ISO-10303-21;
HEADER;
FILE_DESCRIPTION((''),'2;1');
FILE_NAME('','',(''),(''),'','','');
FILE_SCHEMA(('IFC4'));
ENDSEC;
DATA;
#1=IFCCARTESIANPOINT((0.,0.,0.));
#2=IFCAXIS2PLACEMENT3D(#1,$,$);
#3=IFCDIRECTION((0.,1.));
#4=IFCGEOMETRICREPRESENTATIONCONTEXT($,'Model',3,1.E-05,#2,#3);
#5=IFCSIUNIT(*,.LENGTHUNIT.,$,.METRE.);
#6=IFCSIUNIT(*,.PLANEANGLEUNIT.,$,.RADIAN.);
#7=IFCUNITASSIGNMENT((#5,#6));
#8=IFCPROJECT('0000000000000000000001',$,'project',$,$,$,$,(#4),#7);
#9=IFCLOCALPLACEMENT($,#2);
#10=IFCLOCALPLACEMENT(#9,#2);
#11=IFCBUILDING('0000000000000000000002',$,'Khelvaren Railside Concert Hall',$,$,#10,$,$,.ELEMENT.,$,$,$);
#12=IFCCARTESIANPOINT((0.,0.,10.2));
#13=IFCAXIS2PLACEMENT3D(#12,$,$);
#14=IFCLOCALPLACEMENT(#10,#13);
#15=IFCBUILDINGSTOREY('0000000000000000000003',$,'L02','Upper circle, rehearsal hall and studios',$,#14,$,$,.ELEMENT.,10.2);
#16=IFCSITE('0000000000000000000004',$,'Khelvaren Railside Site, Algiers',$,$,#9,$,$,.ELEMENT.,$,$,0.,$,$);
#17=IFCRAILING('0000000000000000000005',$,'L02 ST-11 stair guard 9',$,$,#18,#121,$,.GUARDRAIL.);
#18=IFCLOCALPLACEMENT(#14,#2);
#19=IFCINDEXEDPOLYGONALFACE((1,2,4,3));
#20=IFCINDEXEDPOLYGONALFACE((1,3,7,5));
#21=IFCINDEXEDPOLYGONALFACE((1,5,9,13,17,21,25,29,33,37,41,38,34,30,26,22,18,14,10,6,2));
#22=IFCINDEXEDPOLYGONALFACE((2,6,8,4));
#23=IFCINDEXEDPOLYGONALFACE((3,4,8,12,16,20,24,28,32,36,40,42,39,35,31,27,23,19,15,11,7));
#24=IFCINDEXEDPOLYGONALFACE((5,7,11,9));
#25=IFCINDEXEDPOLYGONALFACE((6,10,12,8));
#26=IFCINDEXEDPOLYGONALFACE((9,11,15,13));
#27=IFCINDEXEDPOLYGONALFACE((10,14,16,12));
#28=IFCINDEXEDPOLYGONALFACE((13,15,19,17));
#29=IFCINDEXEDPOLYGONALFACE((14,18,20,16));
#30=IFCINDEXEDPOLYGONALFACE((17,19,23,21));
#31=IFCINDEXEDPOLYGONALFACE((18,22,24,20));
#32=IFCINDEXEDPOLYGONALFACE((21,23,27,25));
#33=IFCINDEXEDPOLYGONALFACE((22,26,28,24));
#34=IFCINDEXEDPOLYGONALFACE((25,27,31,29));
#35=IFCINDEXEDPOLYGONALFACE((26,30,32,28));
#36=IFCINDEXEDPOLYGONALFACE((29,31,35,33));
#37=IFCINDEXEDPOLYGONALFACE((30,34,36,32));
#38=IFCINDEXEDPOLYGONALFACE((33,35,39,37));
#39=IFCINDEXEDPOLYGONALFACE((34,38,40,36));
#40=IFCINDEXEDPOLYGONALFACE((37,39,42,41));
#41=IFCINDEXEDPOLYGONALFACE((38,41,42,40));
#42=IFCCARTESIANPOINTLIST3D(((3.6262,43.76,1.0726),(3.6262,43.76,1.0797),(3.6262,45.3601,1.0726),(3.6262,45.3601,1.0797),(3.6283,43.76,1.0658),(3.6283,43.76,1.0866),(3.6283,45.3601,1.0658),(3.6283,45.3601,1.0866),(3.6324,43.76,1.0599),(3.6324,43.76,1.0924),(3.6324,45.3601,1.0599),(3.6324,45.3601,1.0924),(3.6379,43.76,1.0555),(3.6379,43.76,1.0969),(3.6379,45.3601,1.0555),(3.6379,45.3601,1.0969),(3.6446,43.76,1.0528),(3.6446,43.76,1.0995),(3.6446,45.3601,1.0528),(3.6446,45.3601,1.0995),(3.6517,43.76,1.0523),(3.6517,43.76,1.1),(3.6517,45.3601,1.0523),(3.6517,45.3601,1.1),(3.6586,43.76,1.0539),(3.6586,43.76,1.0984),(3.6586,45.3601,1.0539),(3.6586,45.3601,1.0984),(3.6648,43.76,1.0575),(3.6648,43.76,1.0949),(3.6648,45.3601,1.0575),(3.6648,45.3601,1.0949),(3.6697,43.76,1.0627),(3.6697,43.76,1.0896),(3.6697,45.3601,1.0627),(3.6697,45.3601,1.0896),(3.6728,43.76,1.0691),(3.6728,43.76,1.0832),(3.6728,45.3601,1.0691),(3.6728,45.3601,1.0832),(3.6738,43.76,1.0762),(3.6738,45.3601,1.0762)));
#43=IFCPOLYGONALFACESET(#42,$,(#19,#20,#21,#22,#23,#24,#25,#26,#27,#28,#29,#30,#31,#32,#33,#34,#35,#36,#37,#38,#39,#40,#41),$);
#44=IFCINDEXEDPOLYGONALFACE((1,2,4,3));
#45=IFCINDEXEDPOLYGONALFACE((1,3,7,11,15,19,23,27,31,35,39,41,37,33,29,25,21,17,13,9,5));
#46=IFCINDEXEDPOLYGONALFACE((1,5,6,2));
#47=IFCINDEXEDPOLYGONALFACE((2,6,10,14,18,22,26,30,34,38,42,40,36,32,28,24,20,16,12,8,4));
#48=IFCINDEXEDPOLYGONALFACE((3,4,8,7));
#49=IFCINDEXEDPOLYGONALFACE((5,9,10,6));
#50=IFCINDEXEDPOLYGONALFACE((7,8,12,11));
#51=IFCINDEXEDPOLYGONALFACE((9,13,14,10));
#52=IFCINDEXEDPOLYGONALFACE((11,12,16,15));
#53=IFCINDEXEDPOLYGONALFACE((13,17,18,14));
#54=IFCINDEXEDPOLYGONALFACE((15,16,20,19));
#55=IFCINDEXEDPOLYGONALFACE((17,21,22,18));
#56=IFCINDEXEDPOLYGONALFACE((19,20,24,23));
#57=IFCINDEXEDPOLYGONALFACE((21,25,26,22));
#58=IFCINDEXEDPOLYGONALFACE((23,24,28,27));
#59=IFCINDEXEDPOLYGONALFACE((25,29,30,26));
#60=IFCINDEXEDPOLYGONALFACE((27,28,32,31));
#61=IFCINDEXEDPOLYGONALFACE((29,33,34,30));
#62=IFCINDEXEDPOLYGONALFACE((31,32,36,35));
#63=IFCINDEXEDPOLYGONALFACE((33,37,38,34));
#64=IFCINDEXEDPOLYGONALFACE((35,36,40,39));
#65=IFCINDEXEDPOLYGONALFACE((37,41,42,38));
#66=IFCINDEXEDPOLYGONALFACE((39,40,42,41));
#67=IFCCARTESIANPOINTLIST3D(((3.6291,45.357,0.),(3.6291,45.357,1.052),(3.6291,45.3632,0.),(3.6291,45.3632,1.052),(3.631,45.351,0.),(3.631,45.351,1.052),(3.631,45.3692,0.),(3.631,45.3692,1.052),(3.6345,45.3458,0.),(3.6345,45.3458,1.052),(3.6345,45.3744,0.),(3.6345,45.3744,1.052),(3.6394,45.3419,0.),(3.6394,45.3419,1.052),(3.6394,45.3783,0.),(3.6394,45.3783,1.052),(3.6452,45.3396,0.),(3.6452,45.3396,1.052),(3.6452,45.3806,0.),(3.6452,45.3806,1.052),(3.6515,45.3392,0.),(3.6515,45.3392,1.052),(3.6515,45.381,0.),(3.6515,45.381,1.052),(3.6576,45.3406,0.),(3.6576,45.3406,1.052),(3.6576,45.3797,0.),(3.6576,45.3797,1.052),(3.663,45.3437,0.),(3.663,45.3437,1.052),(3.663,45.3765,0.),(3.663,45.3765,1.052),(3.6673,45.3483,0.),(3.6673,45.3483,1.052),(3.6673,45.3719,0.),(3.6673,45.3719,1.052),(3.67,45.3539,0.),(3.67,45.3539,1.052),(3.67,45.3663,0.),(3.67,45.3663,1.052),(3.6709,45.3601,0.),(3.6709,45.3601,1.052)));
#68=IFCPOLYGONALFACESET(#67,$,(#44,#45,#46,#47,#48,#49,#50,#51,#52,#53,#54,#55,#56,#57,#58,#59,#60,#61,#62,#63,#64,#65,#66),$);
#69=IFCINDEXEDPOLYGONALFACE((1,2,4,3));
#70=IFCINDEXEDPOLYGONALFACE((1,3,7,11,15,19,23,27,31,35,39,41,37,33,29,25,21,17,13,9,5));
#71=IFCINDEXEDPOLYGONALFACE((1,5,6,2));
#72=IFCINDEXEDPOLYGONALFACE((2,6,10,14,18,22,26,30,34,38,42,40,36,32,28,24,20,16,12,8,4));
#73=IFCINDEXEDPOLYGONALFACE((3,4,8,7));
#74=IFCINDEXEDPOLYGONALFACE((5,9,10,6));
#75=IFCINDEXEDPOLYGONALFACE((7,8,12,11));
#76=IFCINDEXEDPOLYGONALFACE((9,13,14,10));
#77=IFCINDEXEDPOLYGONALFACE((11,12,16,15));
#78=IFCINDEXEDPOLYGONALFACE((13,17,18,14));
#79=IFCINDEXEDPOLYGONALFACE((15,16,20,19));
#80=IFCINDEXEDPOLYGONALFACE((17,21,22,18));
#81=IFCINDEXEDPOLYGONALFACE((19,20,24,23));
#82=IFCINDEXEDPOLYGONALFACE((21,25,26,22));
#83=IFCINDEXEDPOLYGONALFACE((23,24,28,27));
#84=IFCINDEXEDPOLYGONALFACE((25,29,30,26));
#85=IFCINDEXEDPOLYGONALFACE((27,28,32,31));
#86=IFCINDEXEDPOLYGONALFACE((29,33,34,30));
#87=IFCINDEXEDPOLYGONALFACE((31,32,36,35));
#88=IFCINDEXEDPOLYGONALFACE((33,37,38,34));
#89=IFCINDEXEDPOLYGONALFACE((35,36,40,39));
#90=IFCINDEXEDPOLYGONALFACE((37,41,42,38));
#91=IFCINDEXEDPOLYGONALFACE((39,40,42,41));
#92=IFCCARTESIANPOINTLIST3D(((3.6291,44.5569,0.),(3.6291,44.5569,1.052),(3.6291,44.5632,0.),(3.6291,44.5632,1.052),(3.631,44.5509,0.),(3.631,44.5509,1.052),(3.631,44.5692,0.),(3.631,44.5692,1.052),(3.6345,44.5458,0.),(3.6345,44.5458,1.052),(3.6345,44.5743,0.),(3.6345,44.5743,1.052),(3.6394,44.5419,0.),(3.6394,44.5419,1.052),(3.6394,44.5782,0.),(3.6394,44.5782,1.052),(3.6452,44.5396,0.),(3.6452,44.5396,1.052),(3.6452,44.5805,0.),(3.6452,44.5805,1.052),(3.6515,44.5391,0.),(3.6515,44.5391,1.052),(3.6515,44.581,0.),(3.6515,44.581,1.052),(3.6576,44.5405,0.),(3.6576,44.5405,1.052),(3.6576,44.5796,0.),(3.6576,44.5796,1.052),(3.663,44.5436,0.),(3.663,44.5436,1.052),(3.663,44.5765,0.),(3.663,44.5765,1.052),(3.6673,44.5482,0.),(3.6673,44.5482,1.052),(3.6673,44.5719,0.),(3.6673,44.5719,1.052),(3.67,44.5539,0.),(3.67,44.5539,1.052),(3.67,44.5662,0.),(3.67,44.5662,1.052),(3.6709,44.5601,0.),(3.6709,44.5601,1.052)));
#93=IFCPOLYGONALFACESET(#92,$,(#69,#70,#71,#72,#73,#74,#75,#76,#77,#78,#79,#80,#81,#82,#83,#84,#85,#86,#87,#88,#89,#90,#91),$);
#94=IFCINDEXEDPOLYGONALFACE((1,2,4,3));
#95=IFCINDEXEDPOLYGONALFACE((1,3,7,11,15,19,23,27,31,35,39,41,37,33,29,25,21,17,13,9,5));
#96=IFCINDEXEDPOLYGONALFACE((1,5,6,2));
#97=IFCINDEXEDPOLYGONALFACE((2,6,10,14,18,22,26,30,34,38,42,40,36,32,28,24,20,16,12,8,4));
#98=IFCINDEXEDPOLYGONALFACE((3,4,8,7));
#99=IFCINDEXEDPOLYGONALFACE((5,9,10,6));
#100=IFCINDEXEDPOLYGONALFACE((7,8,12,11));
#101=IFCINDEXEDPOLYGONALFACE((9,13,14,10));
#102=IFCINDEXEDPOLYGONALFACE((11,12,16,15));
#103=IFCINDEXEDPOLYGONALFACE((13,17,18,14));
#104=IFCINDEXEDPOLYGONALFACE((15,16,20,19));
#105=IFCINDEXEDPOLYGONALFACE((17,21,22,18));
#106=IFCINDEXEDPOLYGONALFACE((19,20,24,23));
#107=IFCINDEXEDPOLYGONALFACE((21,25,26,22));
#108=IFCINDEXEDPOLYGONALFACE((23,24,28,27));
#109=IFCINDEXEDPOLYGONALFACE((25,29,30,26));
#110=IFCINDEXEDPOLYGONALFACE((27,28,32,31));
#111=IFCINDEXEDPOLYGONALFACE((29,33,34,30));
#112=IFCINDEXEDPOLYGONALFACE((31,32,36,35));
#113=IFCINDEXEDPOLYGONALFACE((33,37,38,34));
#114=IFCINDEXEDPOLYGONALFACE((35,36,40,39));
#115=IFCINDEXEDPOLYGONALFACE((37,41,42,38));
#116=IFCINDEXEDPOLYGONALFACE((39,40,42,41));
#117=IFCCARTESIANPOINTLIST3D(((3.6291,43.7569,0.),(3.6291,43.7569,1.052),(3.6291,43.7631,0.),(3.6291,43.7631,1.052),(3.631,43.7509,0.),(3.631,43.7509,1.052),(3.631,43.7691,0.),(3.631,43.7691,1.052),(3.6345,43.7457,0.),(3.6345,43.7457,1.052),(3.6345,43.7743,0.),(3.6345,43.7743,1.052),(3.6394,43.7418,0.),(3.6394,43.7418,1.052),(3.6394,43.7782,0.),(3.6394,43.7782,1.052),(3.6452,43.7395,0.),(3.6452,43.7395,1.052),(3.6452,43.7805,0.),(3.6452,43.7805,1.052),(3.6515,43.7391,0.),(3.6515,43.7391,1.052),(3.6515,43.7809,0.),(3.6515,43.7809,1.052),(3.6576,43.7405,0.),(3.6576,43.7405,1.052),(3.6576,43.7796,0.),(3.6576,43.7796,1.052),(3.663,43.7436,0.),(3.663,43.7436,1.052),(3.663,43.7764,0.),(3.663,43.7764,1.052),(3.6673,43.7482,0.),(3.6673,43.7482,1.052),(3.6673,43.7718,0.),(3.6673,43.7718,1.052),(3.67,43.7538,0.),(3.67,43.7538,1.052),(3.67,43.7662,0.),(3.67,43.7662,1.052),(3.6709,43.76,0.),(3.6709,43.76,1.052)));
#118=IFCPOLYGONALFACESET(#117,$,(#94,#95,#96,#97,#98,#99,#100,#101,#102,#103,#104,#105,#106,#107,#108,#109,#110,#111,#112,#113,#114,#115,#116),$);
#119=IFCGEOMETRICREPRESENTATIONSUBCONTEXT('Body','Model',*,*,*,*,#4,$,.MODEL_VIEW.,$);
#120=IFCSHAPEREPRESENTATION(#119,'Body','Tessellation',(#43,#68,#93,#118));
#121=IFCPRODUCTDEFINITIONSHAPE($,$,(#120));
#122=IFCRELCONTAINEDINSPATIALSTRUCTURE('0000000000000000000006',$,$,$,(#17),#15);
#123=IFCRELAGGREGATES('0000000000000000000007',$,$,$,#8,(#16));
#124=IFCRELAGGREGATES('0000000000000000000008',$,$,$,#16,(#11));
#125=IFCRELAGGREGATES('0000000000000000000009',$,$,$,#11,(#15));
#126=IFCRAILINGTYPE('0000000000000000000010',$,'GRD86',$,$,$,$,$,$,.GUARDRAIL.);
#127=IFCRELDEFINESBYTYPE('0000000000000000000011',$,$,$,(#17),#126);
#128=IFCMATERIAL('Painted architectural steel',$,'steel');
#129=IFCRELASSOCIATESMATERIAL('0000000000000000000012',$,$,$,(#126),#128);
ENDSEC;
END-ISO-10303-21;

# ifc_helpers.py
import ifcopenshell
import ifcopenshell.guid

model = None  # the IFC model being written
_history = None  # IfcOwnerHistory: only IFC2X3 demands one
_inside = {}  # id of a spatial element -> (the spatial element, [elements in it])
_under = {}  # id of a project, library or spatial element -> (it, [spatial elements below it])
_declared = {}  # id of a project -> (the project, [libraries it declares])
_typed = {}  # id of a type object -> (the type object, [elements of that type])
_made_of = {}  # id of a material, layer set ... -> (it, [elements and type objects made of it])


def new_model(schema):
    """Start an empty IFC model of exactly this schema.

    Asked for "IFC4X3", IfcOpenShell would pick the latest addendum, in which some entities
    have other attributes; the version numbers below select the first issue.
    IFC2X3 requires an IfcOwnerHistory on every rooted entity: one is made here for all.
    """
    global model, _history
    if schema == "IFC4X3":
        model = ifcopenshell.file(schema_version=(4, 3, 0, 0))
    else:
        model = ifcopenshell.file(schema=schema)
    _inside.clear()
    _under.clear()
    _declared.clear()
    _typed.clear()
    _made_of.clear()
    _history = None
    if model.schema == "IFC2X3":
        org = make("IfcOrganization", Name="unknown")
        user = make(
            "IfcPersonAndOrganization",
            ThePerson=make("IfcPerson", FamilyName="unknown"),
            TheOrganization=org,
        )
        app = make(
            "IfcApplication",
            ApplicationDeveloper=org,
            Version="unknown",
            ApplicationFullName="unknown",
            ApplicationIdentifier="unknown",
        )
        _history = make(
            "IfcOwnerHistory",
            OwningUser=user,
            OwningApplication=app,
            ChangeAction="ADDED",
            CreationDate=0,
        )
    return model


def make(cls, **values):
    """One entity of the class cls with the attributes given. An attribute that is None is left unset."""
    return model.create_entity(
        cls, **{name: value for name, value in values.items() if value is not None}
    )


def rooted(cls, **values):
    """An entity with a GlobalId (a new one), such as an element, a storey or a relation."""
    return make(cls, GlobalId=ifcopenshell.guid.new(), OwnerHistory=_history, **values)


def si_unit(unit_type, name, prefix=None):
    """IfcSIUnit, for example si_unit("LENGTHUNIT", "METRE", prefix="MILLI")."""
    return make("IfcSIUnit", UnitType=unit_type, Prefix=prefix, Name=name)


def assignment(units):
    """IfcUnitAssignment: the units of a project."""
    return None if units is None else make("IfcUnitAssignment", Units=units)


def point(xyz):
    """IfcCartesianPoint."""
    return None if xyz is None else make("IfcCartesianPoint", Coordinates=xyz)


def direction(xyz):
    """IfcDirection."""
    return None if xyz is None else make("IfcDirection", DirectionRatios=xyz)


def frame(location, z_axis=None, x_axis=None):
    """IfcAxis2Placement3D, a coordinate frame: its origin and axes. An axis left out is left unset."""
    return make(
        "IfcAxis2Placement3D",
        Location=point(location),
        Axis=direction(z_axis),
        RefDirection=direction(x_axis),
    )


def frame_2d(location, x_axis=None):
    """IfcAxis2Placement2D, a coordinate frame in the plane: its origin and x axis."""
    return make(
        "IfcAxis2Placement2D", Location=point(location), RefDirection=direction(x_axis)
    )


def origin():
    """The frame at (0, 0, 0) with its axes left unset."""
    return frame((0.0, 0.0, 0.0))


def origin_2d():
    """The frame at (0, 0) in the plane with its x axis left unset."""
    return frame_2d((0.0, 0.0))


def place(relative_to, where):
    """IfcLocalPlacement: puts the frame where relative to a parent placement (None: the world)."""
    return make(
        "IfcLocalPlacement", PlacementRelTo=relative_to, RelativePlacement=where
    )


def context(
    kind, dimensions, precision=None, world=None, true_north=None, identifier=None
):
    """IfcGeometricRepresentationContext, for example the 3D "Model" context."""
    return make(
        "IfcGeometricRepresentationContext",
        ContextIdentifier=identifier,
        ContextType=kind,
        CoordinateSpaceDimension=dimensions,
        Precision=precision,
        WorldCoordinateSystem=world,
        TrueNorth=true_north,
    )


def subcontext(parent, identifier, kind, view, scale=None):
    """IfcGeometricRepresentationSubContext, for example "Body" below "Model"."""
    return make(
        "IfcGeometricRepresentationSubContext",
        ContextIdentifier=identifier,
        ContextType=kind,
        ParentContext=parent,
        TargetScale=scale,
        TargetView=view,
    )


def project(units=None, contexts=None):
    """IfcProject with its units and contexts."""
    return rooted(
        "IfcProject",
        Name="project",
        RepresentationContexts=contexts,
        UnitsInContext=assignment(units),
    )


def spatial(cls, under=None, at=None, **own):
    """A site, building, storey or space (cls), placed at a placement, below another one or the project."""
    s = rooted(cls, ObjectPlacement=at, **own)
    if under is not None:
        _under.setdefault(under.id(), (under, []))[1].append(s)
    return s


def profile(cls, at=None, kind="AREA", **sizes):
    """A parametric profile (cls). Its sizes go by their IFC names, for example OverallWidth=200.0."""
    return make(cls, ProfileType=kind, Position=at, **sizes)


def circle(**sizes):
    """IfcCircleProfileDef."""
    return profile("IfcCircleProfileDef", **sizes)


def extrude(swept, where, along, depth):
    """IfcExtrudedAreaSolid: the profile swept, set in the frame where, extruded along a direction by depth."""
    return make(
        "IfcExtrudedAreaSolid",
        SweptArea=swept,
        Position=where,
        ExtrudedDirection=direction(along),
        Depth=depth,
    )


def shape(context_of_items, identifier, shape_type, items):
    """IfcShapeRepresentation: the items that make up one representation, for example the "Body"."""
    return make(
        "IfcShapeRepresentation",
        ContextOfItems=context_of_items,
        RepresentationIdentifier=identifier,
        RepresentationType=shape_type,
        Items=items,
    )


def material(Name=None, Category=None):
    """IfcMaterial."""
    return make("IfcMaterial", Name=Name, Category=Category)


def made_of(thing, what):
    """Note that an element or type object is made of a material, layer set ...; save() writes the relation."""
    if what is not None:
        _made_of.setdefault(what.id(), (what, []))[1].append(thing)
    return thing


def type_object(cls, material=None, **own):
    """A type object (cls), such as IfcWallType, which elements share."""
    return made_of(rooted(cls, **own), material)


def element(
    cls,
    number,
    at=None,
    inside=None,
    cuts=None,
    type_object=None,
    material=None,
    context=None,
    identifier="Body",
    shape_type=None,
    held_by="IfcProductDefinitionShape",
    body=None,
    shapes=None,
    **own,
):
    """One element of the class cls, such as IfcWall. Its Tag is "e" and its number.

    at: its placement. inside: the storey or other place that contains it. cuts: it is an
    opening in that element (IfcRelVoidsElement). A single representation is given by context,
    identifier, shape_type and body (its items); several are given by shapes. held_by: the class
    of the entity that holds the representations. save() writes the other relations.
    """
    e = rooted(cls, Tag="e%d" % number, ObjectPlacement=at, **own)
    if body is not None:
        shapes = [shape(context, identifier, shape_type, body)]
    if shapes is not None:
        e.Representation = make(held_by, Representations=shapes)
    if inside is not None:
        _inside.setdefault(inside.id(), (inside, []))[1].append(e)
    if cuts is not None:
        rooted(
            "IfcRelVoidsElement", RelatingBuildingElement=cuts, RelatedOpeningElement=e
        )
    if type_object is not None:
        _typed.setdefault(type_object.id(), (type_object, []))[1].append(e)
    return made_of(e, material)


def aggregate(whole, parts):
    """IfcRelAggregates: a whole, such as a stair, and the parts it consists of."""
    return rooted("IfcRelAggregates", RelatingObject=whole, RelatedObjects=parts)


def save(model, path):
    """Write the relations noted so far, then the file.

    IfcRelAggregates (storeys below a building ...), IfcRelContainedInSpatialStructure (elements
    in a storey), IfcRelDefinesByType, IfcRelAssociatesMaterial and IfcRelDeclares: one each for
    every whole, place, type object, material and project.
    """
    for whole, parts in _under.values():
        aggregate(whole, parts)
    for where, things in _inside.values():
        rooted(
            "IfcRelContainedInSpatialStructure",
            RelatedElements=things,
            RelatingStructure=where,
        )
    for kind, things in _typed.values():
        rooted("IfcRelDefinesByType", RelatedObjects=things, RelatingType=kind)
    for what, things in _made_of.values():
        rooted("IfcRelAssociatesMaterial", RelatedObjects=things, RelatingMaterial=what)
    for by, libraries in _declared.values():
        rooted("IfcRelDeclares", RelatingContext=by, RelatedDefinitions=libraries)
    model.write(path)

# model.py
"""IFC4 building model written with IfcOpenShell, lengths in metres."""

from ifc_helpers import new_model, si_unit, direction, frame, origin, origin_2d, place, context, subcontext, project, spatial, circle, extrude, material, type_object, element, save


model = new_model("IFC4")

# Units and contexts
model_context = context("Model", 3, precision=1e-05, world=origin(), true_north=direction((0.0, 1.0)))
body_context = subcontext(model_context, "Body", "Model", "MODEL_VIEW")
ifc_project = project(units=[si_unit("LENGTHUNIT", "METRE"), si_unit("PLANEANGLEUNIT", "RADIAN")], contexts=[model_context])

# Site, building, storey
site_placement = place(None, origin())
site = spatial("IfcSite", under=ifc_project, at=site_placement, Name="Khelvaren Railside Site, Algiers", CompositionType="ELEMENT", RefElevation=0.0)
building_placement = place(site_placement, origin())
building = spatial("IfcBuilding", under=site, at=building_placement, Name="Khelvaren Railside Concert Hall", CompositionType="ELEMENT")
storey_placement = place(building_placement, frame((0.0, 0.0, 10.2)))
storey = spatial("IfcBuildingStorey", under=building, at=storey_placement, Name="L02", Description="Upper circle, rehearsal hall and studios", CompositionType="ELEMENT", Elevation=10.2)

# Railing
ifc_material_1 = material(Name="Painted architectural steel", Category="steel")
railing_type = type_object("IfcRailingType", Name="GRD86", PredefinedType="GUARDRAIL", material=ifc_material_1)
for number, where, name in (
    (1, (3.6499, 45.3601, 0.0), "L02 ST-11 stair guard 9"),
):
    element("IfcRailing", number, at=place(storey_placement, frame(where)), inside=storey, type_object=railing_type, Name=name, PredefinedType="GUARDRAIL", context=body_context, shape_type="SweptSolid", body=[
        extrude(circle(Radius=0.0239, at=origin_2d()), frame((0.0, 0.0, 1.0762), z_axis=(0.0, -1.0, 0.0), x_axis=(1.0, 0.0, 0.0)), (0.0, 0.0, 1.0), 1.6001),
        extrude(circle(Radius=0.021, at=origin_2d()), origin(), (0.0, 0.0, 1.0), 1.052),
        extrude(circle(Radius=0.021, at=origin_2d()), frame((0.0, -0.8, 0.0)), (0.0, 0.0, 1.0), 1.052),
        extrude(circle(Radius=0.021, at=origin_2d()), frame((0.0, -1.6001, 0.0)), (0.0, 0.0, 1.0), 1.052),
    ])

save(model, "model.ifc")
